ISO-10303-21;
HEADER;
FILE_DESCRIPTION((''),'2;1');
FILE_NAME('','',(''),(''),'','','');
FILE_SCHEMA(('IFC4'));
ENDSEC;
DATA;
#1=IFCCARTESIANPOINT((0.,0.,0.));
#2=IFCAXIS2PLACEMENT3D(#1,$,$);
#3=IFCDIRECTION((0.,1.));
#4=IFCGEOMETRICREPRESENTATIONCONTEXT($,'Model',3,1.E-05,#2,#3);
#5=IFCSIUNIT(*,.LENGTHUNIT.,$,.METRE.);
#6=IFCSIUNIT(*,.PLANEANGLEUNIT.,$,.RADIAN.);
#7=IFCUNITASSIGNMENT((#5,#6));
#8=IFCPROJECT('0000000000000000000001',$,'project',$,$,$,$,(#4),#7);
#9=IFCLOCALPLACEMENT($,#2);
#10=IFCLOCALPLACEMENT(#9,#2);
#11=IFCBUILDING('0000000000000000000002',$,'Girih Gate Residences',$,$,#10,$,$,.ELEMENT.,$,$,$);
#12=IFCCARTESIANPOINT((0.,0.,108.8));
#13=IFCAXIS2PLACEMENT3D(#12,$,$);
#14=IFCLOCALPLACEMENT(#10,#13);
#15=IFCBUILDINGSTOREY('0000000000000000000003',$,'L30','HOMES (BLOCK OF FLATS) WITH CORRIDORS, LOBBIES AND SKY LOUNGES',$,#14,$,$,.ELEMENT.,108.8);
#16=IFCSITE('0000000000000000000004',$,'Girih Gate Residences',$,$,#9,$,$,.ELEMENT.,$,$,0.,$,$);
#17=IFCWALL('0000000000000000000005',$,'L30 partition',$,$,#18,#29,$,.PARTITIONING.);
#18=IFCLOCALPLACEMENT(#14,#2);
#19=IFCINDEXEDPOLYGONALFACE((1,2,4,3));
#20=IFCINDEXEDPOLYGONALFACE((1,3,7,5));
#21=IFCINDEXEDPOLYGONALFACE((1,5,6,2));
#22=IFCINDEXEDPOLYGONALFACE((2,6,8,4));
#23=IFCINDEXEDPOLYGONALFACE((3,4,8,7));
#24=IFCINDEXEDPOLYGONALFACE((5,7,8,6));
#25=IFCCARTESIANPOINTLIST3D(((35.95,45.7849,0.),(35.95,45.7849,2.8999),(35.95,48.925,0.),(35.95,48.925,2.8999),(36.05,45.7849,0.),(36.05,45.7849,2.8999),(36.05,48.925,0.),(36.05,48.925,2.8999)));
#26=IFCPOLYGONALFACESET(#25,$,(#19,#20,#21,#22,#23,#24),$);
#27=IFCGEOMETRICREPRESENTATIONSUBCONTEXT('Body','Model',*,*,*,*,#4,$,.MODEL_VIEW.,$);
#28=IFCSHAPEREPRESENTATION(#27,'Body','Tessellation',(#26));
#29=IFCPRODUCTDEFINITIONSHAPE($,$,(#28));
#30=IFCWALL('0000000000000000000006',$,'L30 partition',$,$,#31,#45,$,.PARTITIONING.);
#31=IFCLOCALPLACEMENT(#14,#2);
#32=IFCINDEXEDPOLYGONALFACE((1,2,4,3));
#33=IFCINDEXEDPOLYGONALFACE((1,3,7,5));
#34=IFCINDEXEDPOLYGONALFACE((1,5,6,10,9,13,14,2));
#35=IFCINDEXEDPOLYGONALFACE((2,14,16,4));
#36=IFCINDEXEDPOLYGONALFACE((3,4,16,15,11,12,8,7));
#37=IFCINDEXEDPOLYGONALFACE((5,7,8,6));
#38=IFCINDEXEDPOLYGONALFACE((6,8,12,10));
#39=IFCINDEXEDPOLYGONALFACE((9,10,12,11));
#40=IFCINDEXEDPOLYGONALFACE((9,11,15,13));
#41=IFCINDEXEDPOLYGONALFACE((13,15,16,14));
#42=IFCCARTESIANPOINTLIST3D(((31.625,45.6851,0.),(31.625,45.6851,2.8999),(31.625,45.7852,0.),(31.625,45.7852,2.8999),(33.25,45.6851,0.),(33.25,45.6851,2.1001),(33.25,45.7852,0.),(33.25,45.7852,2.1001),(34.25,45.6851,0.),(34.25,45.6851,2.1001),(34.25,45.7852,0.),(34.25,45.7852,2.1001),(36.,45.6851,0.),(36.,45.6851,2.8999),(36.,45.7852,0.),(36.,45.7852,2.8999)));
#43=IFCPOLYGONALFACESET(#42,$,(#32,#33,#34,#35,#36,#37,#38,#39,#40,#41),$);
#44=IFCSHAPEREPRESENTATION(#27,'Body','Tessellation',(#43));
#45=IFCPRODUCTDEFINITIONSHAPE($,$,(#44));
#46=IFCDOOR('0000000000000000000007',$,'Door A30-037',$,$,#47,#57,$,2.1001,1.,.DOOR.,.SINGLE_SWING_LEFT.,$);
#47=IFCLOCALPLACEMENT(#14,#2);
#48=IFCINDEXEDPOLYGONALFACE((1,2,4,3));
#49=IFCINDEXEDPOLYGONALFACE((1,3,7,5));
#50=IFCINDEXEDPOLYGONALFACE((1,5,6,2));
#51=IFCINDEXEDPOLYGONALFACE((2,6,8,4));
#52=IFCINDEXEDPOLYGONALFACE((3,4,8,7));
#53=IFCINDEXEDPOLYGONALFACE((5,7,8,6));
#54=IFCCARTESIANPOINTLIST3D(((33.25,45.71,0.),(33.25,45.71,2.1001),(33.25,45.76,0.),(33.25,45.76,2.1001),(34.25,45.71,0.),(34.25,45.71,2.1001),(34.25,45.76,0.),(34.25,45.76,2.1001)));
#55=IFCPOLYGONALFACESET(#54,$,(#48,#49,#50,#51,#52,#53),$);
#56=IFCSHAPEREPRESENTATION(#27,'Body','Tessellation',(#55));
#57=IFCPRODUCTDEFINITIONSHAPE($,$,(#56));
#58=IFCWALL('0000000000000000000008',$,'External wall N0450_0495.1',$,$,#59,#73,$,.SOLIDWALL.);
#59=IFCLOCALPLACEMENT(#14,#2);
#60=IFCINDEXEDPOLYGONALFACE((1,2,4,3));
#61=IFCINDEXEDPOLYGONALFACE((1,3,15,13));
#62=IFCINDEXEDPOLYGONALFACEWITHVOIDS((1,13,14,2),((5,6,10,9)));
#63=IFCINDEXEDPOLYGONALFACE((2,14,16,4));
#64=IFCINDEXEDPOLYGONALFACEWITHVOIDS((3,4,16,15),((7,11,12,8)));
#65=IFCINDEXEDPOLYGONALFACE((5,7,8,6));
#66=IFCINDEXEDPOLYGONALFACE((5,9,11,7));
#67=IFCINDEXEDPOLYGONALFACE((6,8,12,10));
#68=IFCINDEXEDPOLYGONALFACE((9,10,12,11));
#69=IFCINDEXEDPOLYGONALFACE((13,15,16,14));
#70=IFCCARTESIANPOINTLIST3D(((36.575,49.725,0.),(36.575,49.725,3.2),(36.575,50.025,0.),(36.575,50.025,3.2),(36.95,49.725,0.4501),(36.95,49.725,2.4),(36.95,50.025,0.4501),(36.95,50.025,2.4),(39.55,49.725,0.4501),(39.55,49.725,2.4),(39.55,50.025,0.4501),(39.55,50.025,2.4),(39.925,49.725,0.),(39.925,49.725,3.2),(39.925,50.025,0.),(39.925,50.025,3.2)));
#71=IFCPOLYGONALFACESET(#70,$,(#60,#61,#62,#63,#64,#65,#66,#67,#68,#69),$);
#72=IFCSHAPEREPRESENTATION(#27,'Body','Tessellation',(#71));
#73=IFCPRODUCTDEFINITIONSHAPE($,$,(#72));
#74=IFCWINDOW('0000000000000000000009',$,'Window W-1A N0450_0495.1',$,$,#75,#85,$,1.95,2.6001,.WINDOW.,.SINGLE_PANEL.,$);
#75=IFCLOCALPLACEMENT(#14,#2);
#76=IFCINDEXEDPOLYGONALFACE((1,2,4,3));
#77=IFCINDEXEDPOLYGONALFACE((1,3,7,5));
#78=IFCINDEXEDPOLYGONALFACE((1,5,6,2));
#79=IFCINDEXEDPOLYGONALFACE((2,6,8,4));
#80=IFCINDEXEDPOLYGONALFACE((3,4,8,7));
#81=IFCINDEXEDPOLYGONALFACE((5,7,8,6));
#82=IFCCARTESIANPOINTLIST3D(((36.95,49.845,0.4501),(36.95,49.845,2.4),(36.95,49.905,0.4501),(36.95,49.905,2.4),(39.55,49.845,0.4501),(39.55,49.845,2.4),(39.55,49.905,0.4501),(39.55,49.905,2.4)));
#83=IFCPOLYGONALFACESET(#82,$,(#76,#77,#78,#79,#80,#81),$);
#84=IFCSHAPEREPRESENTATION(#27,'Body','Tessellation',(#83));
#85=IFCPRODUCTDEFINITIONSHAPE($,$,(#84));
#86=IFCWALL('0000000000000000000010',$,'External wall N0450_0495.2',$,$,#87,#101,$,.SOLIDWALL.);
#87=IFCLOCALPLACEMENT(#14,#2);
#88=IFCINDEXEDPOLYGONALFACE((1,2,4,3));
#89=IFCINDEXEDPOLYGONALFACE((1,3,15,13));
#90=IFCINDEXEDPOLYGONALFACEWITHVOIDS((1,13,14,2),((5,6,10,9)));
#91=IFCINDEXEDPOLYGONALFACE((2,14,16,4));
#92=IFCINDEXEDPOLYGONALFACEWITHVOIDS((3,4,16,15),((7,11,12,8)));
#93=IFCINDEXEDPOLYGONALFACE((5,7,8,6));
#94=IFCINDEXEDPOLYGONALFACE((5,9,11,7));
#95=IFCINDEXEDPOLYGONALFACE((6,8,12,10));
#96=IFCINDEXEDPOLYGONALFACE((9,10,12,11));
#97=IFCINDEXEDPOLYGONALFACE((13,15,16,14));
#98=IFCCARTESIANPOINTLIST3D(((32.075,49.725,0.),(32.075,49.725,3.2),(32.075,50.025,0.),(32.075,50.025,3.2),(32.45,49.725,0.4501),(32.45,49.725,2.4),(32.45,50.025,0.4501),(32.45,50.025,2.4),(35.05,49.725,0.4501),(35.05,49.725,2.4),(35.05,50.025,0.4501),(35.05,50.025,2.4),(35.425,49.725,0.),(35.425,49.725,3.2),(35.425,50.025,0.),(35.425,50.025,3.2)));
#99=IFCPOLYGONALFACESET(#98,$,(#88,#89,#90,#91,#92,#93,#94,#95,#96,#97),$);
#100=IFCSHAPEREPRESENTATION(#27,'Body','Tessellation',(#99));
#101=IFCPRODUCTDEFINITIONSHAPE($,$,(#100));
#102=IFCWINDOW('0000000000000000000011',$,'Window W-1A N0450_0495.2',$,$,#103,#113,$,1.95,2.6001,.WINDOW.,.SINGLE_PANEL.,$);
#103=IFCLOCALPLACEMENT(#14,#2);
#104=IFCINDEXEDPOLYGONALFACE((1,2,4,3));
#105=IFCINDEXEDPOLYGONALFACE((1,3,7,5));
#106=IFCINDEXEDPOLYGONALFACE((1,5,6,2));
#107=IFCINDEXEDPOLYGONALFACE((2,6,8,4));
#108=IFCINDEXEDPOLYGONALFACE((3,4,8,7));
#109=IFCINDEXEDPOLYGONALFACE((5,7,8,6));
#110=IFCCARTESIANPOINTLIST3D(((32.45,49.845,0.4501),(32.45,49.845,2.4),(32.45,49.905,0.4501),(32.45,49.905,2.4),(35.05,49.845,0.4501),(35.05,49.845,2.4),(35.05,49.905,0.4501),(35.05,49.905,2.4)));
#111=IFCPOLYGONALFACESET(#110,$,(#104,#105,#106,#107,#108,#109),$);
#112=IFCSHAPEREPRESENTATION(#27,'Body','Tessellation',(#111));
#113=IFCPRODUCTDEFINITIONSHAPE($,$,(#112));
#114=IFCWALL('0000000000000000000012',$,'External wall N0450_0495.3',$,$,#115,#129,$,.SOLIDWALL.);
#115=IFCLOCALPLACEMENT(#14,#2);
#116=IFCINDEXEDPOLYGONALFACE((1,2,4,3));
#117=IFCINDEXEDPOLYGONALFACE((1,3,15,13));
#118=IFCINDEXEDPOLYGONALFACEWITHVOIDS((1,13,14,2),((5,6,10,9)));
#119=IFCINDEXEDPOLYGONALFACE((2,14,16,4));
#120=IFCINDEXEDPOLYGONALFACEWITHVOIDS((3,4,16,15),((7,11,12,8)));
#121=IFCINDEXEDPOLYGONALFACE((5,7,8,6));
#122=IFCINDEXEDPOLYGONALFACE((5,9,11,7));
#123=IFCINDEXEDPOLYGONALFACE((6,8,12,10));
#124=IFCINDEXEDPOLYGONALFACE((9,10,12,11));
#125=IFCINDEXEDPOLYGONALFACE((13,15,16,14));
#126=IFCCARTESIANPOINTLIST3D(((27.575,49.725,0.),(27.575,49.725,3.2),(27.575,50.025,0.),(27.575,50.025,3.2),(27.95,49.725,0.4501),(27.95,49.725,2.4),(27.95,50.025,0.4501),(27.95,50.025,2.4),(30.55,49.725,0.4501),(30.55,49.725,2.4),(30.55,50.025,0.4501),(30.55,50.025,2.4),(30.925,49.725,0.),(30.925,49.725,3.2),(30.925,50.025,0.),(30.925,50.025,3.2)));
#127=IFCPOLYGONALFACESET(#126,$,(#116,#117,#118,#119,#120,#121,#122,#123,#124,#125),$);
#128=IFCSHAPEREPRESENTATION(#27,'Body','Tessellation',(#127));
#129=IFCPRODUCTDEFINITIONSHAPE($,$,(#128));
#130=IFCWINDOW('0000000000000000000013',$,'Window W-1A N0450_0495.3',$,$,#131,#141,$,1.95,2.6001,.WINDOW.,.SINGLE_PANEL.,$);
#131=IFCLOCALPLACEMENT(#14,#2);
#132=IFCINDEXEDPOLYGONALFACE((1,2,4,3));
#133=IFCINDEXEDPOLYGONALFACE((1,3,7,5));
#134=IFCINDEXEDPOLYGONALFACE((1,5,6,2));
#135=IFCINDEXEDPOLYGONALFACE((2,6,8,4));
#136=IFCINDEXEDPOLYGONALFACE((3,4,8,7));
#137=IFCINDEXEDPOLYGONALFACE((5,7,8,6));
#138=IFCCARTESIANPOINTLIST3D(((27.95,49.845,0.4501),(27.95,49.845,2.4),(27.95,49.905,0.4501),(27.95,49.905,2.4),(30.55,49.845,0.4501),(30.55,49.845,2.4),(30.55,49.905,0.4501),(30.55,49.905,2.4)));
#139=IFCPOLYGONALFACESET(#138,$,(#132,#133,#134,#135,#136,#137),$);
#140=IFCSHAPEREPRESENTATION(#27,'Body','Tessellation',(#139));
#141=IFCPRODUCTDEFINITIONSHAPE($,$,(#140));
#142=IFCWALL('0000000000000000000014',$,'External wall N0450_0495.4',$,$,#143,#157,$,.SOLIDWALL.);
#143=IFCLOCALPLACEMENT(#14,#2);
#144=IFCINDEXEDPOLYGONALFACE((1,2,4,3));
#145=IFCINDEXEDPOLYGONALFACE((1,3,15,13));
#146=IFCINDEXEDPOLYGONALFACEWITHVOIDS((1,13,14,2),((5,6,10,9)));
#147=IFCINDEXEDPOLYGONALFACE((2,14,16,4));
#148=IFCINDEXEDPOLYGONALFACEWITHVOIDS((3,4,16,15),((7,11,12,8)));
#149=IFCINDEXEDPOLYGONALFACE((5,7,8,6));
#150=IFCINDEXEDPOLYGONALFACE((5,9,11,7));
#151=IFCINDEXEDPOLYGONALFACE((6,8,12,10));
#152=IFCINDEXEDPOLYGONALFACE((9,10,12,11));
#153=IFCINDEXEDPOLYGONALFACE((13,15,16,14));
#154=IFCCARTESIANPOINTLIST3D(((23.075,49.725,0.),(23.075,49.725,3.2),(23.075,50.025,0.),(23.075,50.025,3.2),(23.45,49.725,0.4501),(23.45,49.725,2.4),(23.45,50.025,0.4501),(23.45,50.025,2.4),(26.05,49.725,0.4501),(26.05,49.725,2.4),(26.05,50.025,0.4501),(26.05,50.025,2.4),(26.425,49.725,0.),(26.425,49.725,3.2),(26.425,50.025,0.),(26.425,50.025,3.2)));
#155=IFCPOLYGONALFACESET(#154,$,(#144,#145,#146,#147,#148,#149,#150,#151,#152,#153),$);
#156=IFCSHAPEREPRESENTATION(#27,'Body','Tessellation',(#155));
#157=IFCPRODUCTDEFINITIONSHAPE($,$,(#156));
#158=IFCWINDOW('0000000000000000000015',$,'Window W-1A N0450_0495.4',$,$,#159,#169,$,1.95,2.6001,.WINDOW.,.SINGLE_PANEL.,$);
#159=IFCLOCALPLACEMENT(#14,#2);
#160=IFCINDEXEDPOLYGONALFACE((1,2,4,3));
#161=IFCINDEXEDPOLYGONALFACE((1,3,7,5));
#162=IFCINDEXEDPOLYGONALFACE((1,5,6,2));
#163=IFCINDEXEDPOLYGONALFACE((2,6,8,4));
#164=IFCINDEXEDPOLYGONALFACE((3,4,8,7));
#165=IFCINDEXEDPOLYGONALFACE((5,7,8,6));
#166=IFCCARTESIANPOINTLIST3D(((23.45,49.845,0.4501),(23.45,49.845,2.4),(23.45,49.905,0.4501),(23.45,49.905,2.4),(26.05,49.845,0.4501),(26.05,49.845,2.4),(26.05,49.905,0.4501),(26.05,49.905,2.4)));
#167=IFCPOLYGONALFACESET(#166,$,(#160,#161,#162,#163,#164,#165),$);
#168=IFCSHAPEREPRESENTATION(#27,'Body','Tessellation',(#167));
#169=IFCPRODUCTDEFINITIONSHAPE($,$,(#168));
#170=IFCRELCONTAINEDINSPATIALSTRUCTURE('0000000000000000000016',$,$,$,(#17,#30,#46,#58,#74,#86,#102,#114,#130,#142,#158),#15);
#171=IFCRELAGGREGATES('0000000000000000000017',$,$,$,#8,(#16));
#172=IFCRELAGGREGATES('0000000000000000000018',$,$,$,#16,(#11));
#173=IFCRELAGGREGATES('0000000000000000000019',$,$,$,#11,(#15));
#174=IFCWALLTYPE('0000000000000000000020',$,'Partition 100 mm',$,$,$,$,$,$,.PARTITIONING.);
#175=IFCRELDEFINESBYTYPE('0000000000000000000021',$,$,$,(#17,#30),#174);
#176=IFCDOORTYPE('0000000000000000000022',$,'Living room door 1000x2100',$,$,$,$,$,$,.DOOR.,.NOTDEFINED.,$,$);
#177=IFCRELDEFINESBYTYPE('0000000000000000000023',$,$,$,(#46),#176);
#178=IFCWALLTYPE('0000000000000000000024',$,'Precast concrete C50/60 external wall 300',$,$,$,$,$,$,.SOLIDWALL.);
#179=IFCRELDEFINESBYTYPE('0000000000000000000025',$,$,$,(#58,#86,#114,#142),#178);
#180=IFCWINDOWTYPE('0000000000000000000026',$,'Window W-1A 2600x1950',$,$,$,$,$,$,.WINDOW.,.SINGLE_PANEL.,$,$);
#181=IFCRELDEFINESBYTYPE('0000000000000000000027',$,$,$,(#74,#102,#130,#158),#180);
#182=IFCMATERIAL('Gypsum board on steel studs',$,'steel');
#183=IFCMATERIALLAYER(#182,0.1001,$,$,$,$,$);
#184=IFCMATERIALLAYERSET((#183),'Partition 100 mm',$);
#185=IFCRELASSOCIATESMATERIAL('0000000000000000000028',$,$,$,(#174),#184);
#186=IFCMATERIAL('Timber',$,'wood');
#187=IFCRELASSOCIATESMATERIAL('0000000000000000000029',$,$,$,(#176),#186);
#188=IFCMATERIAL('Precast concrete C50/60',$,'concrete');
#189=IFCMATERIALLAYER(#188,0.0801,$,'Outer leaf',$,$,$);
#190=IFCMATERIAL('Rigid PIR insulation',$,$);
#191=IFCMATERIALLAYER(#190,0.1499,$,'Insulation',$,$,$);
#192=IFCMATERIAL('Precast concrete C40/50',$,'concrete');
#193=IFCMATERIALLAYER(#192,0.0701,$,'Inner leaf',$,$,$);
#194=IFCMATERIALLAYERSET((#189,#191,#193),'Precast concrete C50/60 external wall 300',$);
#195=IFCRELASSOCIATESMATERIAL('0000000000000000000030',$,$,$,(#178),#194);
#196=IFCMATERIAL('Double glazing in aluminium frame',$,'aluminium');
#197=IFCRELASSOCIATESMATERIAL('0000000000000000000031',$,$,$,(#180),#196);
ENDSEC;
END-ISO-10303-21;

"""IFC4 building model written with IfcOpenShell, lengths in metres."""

from ifc_helpers import new_model, si_unit, direction, frame, frame_2d, origin, place, context, subcontext, project, spatial, rectangle, extrude, material, layer, layer_set, type_object, element, fill, save


model = new_model("IFC4")

# Units and contexts
model_context = context("Model", 3, precision=1e-05, world=origin(), true_north=direction((0.0, 1.0)))
body_context = subcontext(model_context, "Body", "Model", "MODEL_VIEW")
ifc_project = project(units=[si_unit("LENGTHUNIT", "METRE"), si_unit("PLANEANGLEUNIT", "RADIAN")], contexts=[model_context])

# Site, building, storey
site_placement = place(None, origin())
site = spatial("IfcSite", under=ifc_project, at=site_placement, Name="Girih Gate Residences", CompositionType="ELEMENT", RefElevation=0.0)
building_placement = place(site_placement, origin())
building = spatial("IfcBuilding", under=site, at=building_placement, Name="Girih Gate Residences", CompositionType="ELEMENT")
storey_placement = place(building_placement, frame((0.0, 0.0, 108.8)))
storey = spatial("IfcBuildingStorey", under=building, at=storey_placement, Name="L30", Description="HOMES (BLOCK OF FLATS) WITH CORRIDORS, LOBBIES AND SKY LOUNGES", CompositionType="ELEMENT", Elevation=108.8)

# Shared definitions
ifc_material_1 = material(Name="Gypsum board on steel studs", Category="steel")

# Shared definitions
ifc_layer_1 = layer(ifc_material_1, 0.1001)
ifc_layer_set_1 = layer_set([ifc_layer_1], Name="Partition 100 mm")
wall_type_1 = type_object("IfcWallType", Name="Partition 100 mm", PredefinedType="PARTITIONING", material=ifc_layer_set_1)
ifc_material_2 = material(Name="Timber", Category="wood")

# Wall
wall_1_placement = place(storey_placement, frame((36.0, 45.7849, 0.0), z_axis=(0.0, 0.0, 1.0), x_axis=(0.0, 1.0, 0.0)))
element("IfcWall", 1, at=wall_1_placement, inside=storey, type_object=wall_type_1, Name="L30 partition", PredefinedType="PARTITIONING", context=body_context, shape_type="SweptSolid", body=[
    extrude(rectangle(XDim=3.1401, YDim=0.1001, at=frame_2d((1.5701, 0.0))), origin(), (0.0, 0.0, 1.0), 2.8999),
])

# Wall, opening, door
wall_2_placement = place(storey_placement, frame((31.625, 45.7351, 0.0), z_axis=(0.0, 0.0, 1.0), x_axis=(1.0, 0.0, 0.0)))
wall_2 = element("IfcWall", 2, at=wall_2_placement, inside=storey, type_object=wall_type_1, Name="L30 partition", PredefinedType="PARTITIONING", context=body_context, shape_type="SweptSolid", body=[
    extrude(rectangle(XDim=4.375, YDim=0.1001, at=frame_2d((2.1875, 0.0))), origin(), (0.0, 0.0, 1.0), 2.8999),
])
opening_1_placement = place(wall_2_placement, frame((1.625, 0.0, 0.0)))
opening_1 = element("IfcOpeningElement", 3, at=opening_1_placement, cuts=wall_2, PredefinedType="OPENING", context=body_context, shape_type="SweptSolid", body=[
    extrude(rectangle(XDim=1.0, YDim=2.1001, at=frame_2d((0.5, 1.05))), frame((0.0, 0.0601, 0.0), z_axis=(0.0, -1.0, 0.0), x_axis=(1.0, 0.0, 0.0)), (0.0, 0.0, 1.0), 0.1201),
])
door_type_1 = type_object("IfcDoorType", Name="Living room door 1000x2100", OperationType="NOTDEFINED", PredefinedType="DOOR", material=ifc_material_2)
door_1_placement = place(opening_1_placement, origin())
door_1 = element("IfcDoor", 4, at=door_1_placement, inside=storey, type_object=door_type_1, Name="Door A30-037", OperationType="SINGLE_SWING_LEFT", OverallHeight=2.1001, OverallWidth=1.0, PredefinedType="DOOR", context=body_context, shape_type="SweptSolid", body=[
    extrude(rectangle(XDim=1.0, YDim=2.1001, at=frame_2d((0.5, 1.05))), frame((0.0, 0.0249, 0.0), z_axis=(0.0, -1.0, 0.0), x_axis=(1.0, 0.0, 0.0)), (0.0, 0.0, 1.0), 0.05),
])
fill(opening_1, door_1)

# Walls, openings, windows
ifc_material_3 = material(Name="Precast concrete C50/60", Category="concrete")
ifc_layer_2 = layer(ifc_material_3, 0.0801, Name="Outer leaf")
ifc_material_4 = material(Name="Rigid PIR insulation")
ifc_layer_3 = layer(ifc_material_4, 0.1499, Name="Insulation")
ifc_material_5 = material(Name="Precast concrete C40/50", Category="concrete")
ifc_layer_4 = layer(ifc_material_5, 0.0701, Name="Inner leaf")
ifc_layer_set_2 = layer_set([ifc_layer_2, ifc_layer_3, ifc_layer_4], Name="Precast concrete C50/60 external wall 300")
wall_type_2 = type_object("IfcWallType", Name="Precast concrete C50/60 external wall 300", PredefinedType="SOLIDWALL", material=ifc_layer_set_2)
wall_3_placement = place(storey_placement, frame((36.575, 49.875, 0.0), z_axis=(0.0, 0.0, 1.0), x_axis=(1.0, 0.0, 0.0)))
wall_3 = element("IfcWall", 5, at=wall_3_placement, inside=storey, type_object=wall_type_2, Name="External wall N0450_0495.1", PredefinedType="SOLIDWALL", context=body_context, shape_type="SweptSolid", body=[
    extrude(rectangle(XDim=3.3501, YDim=0.3, at=frame_2d((1.675, 0.0))), origin(), (0.0, 0.0, 1.0), 3.2),
])
opening_2_placement = place(wall_3_placement, frame((0.375, 0.0, 0.45)))
opening_2 = element("IfcOpeningElement", 6, at=opening_2_placement, cuts=wall_3, PredefinedType="OPENING", context=body_context, shape_type="SweptSolid", body=[
    extrude(rectangle(XDim=2.6001, YDim=1.95, at=frame_2d((1.3, 0.9751))), frame((0.0, 0.1599, 0.0), z_axis=(0.0, -1.0, 0.0), x_axis=(1.0, 0.0, 0.0)), (0.0, 0.0, 1.0), 0.3201),
])
ifc_material_6 = material(Name="Double glazing in aluminium frame", Category="aluminium")
window_type = type_object("IfcWindowType", Name="Window W-1A 2600x1950", PartitioningType="SINGLE_PANEL", PredefinedType="WINDOW", material=ifc_material_6)
window_1_placement = place(opening_2_placement, origin())
window_1 = element("IfcWindow", 7, at=window_1_placement, inside=storey, type_object=window_type, Name="Window W-1A N0450_0495.1", OverallHeight=1.95, OverallWidth=2.6001, PartitioningType="SINGLE_PANEL", PredefinedType="WINDOW", context=body_context, shape_type="SweptSolid", body=[
    extrude(rectangle(XDim=2.6001, YDim=1.95, at=frame_2d((1.3, 0.9751))), frame((0.0, 0.03, 0.0), z_axis=(0.0, -1.0, 0.0), x_axis=(1.0, 0.0, 0.0)), (0.0, 0.0, 1.0), 0.0601),
])
fill(opening_2, window_1)
wall_4_placement = place(storey_placement, frame((32.075, 49.875, 0.0), z_axis=(0.0, 0.0, 1.0), x_axis=(1.0, 0.0, 0.0)))
wall_4 = element("IfcWall", 8, at=wall_4_placement, inside=storey, type_object=wall_type_2, Name="External wall N0450_0495.2", PredefinedType="SOLIDWALL", context=body_context, shape_type="SweptSolid", body=[
    extrude(rectangle(XDim=3.3501, YDim=0.3, at=frame_2d((1.675, 0.0))), origin(), (0.0, 0.0, 1.0), 3.2),
])
opening_3_placement = place(wall_4_placement, frame((0.375, 0.0, 0.45)))
opening_3 = element("IfcOpeningElement", 9, at=opening_3_placement, cuts=wall_4, PredefinedType="OPENING", context=body_context, shape_type="SweptSolid", body=[
    extrude(rectangle(XDim=2.6001, YDim=1.95, at=frame_2d((1.3, 0.9751))), frame((0.0, 0.1599, 0.0), z_axis=(0.0, -1.0, 0.0), x_axis=(1.0, 0.0, 0.0)), (0.0, 0.0, 1.0), 0.3201),
])
window_2_placement = place(opening_3_placement, origin())
window_2 = element("IfcWindow", 10, at=window_2_placement, inside=storey, type_object=window_type, Name="Window W-1A N0450_0495.2", OverallHeight=1.95, OverallWidth=2.6001, PartitioningType="SINGLE_PANEL", PredefinedType="WINDOW", context=body_context, shape_type="SweptSolid", body=[
    extrude(rectangle(XDim=2.6001, YDim=1.95, at=frame_2d((1.3, 0.9751))), frame((0.0, 0.03, 0.0), z_axis=(0.0, -1.0, 0.0), x_axis=(1.0, 0.0, 0.0)), (0.0, 0.0, 1.0), 0.0601),
])
fill(opening_3, window_2)
wall_5_placement = place(storey_placement, frame((27.575, 49.875, 0.0), z_axis=(0.0, 0.0, 1.0), x_axis=(1.0, 0.0, 0.0)))
wall_5 = element("IfcWall", 11, at=wall_5_placement, inside=storey, type_object=wall_type_2, Name="External wall N0450_0495.3", PredefinedType="SOLIDWALL", context=body_context, shape_type="SweptSolid", body=[
    extrude(rectangle(XDim=3.3501, YDim=0.3, at=frame_2d((1.675, 0.0))), origin(), (0.0, 0.0, 1.0), 3.2),
])
opening_4_placement = place(wall_5_placement, frame((0.375, 0.0, 0.45)))
opening_4 = element("IfcOpeningElement", 12, at=opening_4_placement, cuts=wall_5, PredefinedType="OPENING", context=body_context, shape_type="SweptSolid", body=[
    extrude(rectangle(XDim=2.6001, YDim=1.95, at=frame_2d((1.3, 0.9751))), frame((0.0, 0.1599, 0.0), z_axis=(0.0, -1.0, 0.0), x_axis=(1.0, 0.0, 0.0)), (0.0, 0.0, 1.0), 0.3201),
])
window_3_placement = place(opening_4_placement, origin())
window_3 = element("IfcWindow", 13, at=window_3_placement, inside=storey, type_object=window_type, Name="Window W-1A N0450_0495.3", OverallHeight=1.95, OverallWidth=2.6001, PartitioningType="SINGLE_PANEL", PredefinedType="WINDOW", context=body_context, shape_type="SweptSolid", body=[
    extrude(rectangle(XDim=2.6001, YDim=1.95, at=frame_2d((1.3, 0.9751))), frame((0.0, 0.03, 0.0), z_axis=(0.0, -1.0, 0.0), x_axis=(1.0, 0.0, 0.0)), (0.0, 0.0, 1.0), 0.0601),
])
fill(opening_4, window_3)
wall_6_placement = place(storey_placement, frame((23.075, 49.875, 0.0), z_axis=(0.0, 0.0, 1.0), x_axis=(1.0, 0.0, 0.0)))
wall_6 = element("IfcWall", 14, at=wall_6_placement, inside=storey, type_object=wall_type_2, Name="External wall N0450_0495.4", PredefinedType="SOLIDWALL", context=body_context, shape_type="SweptSolid", body=[
    extrude(rectangle(XDim=3.3501, YDim=0.3, at=frame_2d((1.675, 0.0))), origin(), (0.0, 0.0, 1.0), 3.2),
])
opening_5_placement = place(wall_6_placement, frame((0.375, 0.0, 0.45)))
opening_5 = element("IfcOpeningElement", 15, at=opening_5_placement, cuts=wall_6, PredefinedType="OPENING", context=body_context, shape_type="SweptSolid", body=[
    extrude(rectangle(XDim=2.6001, YDim=1.95, at=frame_2d((1.3, 0.9751))), frame((0.0, 0.1599, 0.0), z_axis=(0.0, -1.0, 0.0), x_axis=(1.0, 0.0, 0.0)), (0.0, 0.0, 1.0), 0.3201),
])
window_4_placement = place(opening_5_placement, origin())
window_4 = element("IfcWindow", 16, at=window_4_placement, inside=storey, type_object=window_type, Name="Window W-1A N0450_0495.4", OverallHeight=1.95, OverallWidth=2.6001, PartitioningType="SINGLE_PANEL", PredefinedType="WINDOW", context=body_context, shape_type="SweptSolid", body=[
    extrude(rectangle(XDim=2.6001, YDim=1.95, at=frame_2d((1.3, 0.9751))), frame((0.0, 0.03, 0.0), z_axis=(0.0, -1.0, 0.0), x_axis=(1.0, 0.0, 0.0)), (0.0, 0.0, 1.0), 0.0601),
])
fill(opening_5, window_4)

save(model, "model.ifc")
